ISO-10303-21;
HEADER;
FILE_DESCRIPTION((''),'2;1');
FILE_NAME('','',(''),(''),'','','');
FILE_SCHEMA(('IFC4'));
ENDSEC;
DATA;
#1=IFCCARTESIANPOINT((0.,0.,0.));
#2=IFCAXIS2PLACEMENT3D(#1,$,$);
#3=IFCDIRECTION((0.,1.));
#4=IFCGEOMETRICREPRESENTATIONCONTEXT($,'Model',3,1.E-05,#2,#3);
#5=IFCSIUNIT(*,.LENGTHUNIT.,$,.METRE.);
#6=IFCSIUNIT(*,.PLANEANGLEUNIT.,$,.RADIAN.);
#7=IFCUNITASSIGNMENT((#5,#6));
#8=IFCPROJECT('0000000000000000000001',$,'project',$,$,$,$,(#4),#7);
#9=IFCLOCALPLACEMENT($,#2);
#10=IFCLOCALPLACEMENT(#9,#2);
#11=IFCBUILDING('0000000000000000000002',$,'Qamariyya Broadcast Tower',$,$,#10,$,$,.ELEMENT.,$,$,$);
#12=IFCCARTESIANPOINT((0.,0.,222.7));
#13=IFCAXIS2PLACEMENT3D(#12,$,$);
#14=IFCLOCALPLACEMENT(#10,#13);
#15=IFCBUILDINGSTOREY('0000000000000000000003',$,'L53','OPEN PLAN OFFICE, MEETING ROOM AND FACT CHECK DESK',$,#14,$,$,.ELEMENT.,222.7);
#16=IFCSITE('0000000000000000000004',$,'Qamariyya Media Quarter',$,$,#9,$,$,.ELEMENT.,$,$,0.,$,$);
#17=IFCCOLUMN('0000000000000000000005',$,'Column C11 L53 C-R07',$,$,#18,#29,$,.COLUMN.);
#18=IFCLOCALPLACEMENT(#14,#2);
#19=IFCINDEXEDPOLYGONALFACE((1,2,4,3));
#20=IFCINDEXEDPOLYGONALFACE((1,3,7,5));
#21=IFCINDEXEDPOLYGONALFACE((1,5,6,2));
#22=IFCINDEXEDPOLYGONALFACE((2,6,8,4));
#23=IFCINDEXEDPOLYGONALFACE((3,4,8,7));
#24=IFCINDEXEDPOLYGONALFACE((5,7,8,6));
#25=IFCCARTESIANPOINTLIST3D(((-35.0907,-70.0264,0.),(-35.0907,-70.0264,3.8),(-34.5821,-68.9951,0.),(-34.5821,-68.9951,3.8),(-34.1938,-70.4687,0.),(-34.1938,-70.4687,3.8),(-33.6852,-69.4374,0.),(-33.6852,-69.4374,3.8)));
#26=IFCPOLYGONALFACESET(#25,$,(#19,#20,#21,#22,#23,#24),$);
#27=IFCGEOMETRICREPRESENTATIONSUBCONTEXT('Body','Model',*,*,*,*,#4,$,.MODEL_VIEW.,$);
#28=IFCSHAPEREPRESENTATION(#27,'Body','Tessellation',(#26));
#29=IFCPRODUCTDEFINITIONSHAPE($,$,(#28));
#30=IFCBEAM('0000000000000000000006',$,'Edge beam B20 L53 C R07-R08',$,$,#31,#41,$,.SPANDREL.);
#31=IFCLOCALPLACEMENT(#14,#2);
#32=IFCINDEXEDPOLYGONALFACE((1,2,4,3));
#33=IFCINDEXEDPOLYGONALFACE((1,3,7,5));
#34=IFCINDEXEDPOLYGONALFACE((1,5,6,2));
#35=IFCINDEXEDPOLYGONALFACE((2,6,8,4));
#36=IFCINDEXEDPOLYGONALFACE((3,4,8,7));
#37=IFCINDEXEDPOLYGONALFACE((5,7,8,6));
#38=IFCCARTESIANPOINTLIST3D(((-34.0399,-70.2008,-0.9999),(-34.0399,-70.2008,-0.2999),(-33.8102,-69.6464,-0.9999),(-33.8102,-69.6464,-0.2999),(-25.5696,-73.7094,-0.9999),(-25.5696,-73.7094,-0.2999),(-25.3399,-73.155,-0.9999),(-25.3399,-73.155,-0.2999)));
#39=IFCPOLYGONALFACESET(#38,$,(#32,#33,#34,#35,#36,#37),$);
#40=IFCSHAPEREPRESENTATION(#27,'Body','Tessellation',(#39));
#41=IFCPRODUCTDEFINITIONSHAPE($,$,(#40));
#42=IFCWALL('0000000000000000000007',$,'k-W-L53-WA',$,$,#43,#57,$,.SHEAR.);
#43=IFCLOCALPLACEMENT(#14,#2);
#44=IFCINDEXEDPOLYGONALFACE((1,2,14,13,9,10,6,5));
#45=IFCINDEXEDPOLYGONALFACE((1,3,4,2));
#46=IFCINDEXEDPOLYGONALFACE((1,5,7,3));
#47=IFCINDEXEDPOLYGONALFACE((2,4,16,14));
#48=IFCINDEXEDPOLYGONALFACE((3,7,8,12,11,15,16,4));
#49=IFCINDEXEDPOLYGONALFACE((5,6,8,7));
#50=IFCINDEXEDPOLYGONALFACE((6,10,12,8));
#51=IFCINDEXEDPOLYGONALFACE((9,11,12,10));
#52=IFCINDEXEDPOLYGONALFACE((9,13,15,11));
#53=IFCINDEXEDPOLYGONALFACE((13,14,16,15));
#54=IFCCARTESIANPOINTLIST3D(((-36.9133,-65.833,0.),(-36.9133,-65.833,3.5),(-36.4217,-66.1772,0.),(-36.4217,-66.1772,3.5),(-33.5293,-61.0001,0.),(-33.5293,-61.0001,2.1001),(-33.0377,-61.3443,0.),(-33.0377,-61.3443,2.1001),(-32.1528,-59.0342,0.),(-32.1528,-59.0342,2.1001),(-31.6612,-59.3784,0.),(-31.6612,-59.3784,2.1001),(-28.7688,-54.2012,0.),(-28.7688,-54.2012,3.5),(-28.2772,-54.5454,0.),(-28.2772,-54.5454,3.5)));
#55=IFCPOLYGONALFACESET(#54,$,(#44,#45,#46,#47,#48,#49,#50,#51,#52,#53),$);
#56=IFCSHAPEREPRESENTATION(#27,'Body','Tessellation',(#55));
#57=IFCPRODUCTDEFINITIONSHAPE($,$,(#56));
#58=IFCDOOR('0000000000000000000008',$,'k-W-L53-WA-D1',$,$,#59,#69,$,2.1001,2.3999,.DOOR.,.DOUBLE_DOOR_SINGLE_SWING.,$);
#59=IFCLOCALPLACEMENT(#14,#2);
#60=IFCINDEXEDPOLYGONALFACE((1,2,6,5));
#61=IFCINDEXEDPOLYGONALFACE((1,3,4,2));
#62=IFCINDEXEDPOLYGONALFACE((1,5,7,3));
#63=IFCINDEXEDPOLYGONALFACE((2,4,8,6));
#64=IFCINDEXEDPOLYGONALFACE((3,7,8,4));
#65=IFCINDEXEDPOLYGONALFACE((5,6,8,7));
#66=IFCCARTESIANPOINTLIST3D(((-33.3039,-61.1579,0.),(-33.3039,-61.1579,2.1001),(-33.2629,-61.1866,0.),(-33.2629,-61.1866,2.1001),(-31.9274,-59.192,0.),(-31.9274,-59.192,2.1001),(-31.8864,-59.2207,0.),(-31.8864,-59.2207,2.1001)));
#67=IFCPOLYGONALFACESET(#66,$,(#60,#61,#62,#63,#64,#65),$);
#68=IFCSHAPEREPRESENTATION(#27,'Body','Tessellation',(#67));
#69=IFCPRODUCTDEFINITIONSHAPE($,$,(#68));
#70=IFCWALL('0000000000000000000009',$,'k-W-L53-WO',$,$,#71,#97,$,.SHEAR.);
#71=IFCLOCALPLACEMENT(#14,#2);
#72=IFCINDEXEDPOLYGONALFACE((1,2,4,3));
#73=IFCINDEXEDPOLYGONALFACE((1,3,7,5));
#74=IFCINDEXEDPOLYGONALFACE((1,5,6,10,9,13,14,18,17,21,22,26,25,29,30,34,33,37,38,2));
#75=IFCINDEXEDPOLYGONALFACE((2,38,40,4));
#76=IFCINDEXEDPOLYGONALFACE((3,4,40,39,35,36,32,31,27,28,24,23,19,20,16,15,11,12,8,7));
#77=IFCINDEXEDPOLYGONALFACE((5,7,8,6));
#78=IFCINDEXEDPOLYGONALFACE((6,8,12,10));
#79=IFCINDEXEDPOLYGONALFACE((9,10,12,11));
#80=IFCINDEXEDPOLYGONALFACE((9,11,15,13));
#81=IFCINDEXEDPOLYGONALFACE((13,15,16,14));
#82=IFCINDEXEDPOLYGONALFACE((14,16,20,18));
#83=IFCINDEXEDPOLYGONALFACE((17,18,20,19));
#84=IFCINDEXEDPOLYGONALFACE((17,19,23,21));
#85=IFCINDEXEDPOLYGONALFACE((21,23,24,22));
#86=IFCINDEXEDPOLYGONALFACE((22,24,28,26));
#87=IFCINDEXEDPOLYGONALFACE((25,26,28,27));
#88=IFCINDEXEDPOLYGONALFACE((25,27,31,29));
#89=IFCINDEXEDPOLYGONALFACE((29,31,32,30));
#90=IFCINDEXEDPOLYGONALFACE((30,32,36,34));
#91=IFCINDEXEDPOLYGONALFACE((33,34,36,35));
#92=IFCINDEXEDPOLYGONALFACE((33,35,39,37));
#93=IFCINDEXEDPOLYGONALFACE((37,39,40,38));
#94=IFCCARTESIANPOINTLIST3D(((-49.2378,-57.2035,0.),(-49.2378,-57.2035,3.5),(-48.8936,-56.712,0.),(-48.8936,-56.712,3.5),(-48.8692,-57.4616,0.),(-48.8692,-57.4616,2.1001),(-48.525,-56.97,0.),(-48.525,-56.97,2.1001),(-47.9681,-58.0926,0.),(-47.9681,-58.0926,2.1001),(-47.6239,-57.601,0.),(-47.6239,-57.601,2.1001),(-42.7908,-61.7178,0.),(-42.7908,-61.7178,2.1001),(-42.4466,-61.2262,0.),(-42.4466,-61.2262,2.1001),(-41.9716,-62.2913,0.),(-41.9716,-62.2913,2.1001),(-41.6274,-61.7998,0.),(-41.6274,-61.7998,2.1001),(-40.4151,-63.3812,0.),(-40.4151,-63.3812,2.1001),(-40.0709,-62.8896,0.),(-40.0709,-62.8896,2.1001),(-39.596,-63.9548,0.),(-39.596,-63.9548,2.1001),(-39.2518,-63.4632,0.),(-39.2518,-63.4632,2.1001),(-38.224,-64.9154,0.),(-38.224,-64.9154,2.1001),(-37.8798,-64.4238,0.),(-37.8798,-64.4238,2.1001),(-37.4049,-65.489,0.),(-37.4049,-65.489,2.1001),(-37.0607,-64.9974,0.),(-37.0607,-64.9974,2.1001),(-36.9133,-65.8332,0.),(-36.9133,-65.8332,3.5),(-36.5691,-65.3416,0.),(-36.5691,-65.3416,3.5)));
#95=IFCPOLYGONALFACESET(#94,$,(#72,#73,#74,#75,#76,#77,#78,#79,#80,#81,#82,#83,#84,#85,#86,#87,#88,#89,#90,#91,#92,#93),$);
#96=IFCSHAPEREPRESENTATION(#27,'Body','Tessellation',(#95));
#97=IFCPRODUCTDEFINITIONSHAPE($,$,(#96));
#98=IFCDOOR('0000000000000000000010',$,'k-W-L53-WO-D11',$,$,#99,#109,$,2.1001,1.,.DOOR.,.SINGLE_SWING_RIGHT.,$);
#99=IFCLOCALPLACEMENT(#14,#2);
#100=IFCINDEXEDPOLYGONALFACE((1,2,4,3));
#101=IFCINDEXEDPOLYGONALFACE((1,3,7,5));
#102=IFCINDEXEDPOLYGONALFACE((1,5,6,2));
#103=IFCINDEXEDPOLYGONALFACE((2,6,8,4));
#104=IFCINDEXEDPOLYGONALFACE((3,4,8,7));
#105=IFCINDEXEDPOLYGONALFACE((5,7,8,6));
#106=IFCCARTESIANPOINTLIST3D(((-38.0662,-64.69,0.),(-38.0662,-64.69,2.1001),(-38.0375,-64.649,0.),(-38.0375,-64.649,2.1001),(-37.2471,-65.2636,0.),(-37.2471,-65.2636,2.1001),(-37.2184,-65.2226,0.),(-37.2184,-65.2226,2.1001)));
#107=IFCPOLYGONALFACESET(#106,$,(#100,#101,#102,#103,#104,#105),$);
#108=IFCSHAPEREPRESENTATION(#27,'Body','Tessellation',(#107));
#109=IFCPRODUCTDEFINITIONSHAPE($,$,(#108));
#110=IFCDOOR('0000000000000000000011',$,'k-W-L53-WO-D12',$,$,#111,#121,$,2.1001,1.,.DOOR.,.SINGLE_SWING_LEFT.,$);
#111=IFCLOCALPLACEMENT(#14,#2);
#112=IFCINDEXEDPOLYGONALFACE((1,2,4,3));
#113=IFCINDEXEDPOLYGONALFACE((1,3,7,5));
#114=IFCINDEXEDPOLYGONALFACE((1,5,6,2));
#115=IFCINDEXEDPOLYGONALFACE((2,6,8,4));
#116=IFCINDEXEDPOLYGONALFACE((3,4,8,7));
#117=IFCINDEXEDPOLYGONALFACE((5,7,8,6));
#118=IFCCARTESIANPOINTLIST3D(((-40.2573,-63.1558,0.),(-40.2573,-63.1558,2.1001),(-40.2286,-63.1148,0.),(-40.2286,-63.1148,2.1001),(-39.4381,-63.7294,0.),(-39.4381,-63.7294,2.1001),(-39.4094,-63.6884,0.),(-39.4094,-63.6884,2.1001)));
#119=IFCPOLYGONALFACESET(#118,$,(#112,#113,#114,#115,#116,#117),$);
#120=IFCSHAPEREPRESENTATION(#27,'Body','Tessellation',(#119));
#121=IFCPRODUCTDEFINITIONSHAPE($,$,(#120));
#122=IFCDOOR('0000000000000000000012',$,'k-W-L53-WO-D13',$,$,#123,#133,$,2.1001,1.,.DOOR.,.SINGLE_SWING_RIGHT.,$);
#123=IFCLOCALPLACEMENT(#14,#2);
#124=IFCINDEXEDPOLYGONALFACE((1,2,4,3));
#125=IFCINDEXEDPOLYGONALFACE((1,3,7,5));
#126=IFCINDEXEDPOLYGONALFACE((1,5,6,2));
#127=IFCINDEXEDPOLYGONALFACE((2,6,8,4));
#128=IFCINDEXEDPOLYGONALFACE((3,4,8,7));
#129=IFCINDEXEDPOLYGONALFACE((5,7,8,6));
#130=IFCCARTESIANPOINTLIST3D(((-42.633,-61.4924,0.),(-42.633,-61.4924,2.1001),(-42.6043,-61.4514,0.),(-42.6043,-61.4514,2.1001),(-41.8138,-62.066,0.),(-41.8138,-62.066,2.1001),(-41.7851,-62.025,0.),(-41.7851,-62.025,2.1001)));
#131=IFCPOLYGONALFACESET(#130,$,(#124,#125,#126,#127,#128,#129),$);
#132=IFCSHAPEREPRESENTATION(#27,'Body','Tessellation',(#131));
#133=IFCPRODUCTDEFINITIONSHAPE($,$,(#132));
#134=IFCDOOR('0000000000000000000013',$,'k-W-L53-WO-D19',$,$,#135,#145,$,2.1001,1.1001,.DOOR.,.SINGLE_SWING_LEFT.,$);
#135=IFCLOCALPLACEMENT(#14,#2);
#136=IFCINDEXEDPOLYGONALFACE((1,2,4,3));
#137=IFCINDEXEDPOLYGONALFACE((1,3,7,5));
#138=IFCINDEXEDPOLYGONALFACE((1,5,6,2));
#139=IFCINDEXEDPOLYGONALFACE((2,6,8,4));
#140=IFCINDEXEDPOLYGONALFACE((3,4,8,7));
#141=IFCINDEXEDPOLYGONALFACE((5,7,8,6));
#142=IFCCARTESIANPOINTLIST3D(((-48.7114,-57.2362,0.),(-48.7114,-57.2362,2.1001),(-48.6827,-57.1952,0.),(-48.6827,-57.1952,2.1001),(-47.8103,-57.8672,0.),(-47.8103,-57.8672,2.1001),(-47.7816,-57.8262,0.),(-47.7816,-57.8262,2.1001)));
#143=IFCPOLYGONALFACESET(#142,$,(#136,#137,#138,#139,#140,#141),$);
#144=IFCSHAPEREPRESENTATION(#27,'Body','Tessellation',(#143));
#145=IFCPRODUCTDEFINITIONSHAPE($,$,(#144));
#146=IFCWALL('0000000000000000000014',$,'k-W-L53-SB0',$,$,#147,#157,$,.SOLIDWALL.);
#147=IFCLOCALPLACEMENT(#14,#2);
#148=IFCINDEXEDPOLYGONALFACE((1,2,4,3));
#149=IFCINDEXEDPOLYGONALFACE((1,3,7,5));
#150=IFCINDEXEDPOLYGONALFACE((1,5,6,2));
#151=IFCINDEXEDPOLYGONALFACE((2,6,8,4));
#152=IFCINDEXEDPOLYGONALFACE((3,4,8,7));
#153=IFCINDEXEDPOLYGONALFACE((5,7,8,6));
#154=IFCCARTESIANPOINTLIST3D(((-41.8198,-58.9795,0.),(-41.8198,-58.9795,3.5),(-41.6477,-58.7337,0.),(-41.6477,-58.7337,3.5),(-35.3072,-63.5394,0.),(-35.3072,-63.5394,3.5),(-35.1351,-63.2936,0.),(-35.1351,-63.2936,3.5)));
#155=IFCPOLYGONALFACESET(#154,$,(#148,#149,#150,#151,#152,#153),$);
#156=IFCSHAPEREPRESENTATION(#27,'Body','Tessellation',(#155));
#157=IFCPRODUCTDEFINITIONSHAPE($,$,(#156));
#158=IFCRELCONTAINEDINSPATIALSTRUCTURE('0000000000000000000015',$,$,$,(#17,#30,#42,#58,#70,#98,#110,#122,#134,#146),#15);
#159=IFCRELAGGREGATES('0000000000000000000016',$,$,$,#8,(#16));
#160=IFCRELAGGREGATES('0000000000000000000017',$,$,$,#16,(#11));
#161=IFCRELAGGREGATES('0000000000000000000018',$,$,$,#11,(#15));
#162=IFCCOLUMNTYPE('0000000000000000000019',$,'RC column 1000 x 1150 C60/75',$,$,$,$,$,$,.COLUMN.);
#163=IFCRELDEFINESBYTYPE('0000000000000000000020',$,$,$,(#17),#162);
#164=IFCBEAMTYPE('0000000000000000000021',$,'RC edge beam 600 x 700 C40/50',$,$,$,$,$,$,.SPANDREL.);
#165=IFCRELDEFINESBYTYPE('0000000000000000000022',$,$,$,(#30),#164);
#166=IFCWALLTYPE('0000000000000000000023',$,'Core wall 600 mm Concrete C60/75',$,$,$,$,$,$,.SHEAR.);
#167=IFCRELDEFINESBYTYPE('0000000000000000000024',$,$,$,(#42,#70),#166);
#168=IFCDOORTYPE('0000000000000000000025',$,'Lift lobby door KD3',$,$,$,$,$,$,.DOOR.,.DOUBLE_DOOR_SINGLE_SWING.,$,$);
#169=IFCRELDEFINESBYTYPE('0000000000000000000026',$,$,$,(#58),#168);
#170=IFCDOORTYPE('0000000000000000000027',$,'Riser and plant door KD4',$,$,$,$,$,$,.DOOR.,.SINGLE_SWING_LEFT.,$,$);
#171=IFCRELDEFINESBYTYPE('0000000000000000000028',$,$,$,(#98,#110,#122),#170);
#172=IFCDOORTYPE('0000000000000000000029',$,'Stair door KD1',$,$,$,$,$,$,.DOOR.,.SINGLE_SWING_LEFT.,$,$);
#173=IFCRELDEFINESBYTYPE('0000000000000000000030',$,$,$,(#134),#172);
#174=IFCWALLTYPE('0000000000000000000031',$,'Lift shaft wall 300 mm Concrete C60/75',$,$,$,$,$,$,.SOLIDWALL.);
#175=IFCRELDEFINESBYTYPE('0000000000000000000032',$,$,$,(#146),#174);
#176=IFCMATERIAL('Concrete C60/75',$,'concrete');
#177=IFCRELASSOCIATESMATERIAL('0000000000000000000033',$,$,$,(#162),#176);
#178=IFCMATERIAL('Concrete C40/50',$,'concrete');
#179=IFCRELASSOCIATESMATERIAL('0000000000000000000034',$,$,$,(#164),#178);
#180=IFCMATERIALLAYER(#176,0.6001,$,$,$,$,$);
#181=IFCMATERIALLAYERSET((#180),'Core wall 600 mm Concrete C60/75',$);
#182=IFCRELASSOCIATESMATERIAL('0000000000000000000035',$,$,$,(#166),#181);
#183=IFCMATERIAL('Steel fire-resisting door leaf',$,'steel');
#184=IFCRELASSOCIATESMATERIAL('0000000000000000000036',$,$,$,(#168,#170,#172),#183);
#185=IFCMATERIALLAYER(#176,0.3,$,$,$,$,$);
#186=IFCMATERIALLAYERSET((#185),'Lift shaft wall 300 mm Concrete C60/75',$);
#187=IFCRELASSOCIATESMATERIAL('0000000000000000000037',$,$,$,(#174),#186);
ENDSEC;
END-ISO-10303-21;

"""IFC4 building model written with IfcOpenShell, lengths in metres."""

from ifc_helpers import new_model, si_unit, direction, frame, frame_2d, origin, origin_2d, place, context, subcontext, project, spatial, rectangle, extrude, material, layer, layer_set, material_profile, profile_set, type_object, element, fill, save


model = new_model("IFC4")

# Units and contexts
model_context = context("Model", 3, precision=1e-05, world=origin(), true_north=direction((0.0, 1.0)))
body_context = subcontext(model_context, "Body", "Model", "MODEL_VIEW")
ifc_project = project(units=[si_unit("LENGTHUNIT", "METRE"), si_unit("PLANEANGLEUNIT", "RADIAN")], contexts=[model_context])

# Site, building, storey
site_placement = place(None, origin())
site = spatial("IfcSite", under=ifc_project, at=site_placement, Name="Qamariyya Media Quarter", CompositionType="ELEMENT", RefElevation=0.0)
building_placement = place(site_placement, origin())
building = spatial("IfcBuilding", under=site, at=building_placement, Name="Qamariyya Broadcast Tower", CompositionType="ELEMENT")
storey_placement = place(building_placement, frame((0.0, 0.0, 222.7)))
storey = spatial("IfcBuildingStorey", under=building, at=storey_placement, Name="L53", Description="OPEN PLAN OFFICE, MEETING ROOM AND FACT CHECK DESK", CompositionType="ELEMENT", Elevation=222.7)

# Column
ifc_material_1 = material(Name="Concrete C60/75", Category="concrete")
ifc_material_profile_1 = material_profile(ifc_material_1, rectangle(XDim=1.0, YDim=1.1499, at=origin_2d()))
ifc_profile_set_1 = profile_set([ifc_material_profile_1], Name="Concrete C60/75")
column_type = type_object("IfcColumnType", Name="RC column 1000 x 1150 C60/75", PredefinedType="COLUMN", material=ifc_profile_set_1)
column_placement = place(storey_placement, frame((-34.3879, -69.7319, 0.0), z_axis=(0.0, 0.0, 1.0), x_axis=(0.896873, -0.442289, 0.0)))
element("IfcColumn", 1, at=column_placement, inside=storey, type_object=column_type, Name="Column C11 L53 C-R07", PredefinedType="COLUMN", context=body_context, shape_type="SweptSolid", body=[
    extrude(rectangle(XDim=1.0, YDim=1.1499, at=origin_2d()), origin(), (0.0, 0.0, 1.0), 3.8),
])

# Beam
ifc_material_2 = material(Name="Concrete C40/50", Category="concrete")
ifc_material_profile_2 = material_profile(ifc_material_2, rectangle(XDim=0.6001, YDim=0.7, at=origin_2d()))
ifc_profile_set_2 = profile_set([ifc_material_profile_2], Name="Concrete C40/50")
beam_type = type_object("IfcBeamType", Name="RC edge beam 600 x 700 C40/50", PredefinedType="SPANDREL", material=ifc_profile_set_2)
beam_placement = place(storey_placement, frame((-33.925, -69.9236, -0.6499), z_axis=(0.923877, -0.38269, 0.0), x_axis=(0.38269, 0.923877, 0.0)))
element("IfcBeam", 2, at=beam_placement, inside=storey, type_object=beam_type, Name="Edge beam B20 L53 C R07-R08", PredefinedType="SPANDREL", context=body_context, shape_type="SweptSolid", body=[
    extrude(rectangle(XDim=0.6001, YDim=0.7, at=origin_2d()), origin(), (0.0, 0.0, 1.0), 9.1682),
])

# Wall, opening, door
ifc_layer_1 = layer(ifc_material_1, 0.6001)
ifc_layer_set_1 = layer_set([ifc_layer_1], Name="Core wall 600 mm Concrete C60/75")
wall_type_1 = type_object("IfcWallType", Name="Core wall 600 mm Concrete C60/75", PredefinedType="SHEAR", material=ifc_layer_set_1)
wall_1_placement = place(storey_placement, frame((-36.6675, -66.0051, 0.0), z_axis=(0.0, 0.0, 1.0), x_axis=(0.573568, 0.819158, 0.0)))
wall_1 = element("IfcWall", 3, at=wall_1_placement, inside=storey, type_object=wall_type_1, Name="k-W-L53-WA", PredefinedType="SHEAR", context=body_context, shape_type="SweptSolid", body=[
    extrude(rectangle(XDim=14.1997, YDim=0.6001, at=frame_2d((7.0999, 0.0))), origin(), (0.0, 0.0, 1.0), 3.5),
])
opening_1_placement = place(wall_1_placement, frame((5.8999, 0.0, 0.0)))
opening_1 = element("IfcOpeningElement", 4, at=opening_1_placement, cuts=wall_1, PredefinedType="OPENING", context=body_context, shape_type="SweptSolid", body=[
    extrude(rectangle(XDim=2.3999, YDim=2.1001, at=frame_2d((1.2, 1.05))), frame((0.0, 0.3101, 0.0), z_axis=(0.0, -1.0, 0.0), x_axis=(1.0, 0.0, 0.0)), (0.0, 0.0, 1.0), 0.6201),
])
ifc_material_3 = material(Name="Steel fire-resisting door leaf", Category="steel")
door_type_1 = type_object("IfcDoorType", Name="Lift lobby door KD3", OperationType="DOUBLE_DOOR_SINGLE_SWING", PredefinedType="DOOR", material=ifc_material_3)
door_1_placement = place(opening_1_placement, origin())
door_1 = element("IfcDoor", 5, at=door_1_placement, inside=storey, type_object=door_type_1, Name="k-W-L53-WA-D1", OperationType="DOUBLE_DOOR_SINGLE_SWING", OverallHeight=2.1001, OverallWidth=2.3999, PredefinedType="DOOR", context=body_context, shape_type="SweptSolid", body=[
    extrude(rectangle(XDim=2.3999, YDim=2.1001, at=frame_2d((1.2, 1.05))), frame((0.0, 0.0249, 0.0), z_axis=(0.0, -1.0, 0.0), x_axis=(1.0, 0.0, 0.0)), (0.0, 0.0, 1.0), 0.05),
])
fill(opening_1, door_1)

# Wall, openings, doors
wall_2_placement = place(storey_placement, frame((-36.7412, -65.5874, 0.0), z_axis=(0.0, 0.0, 1.0), x_axis=(-0.819153, 0.573575, 0.0)))
wall_2 = element("IfcWall", 6, at=wall_2_placement, inside=storey, type_object=wall_type_1, Name="k-W-L53-WO", PredefinedType="SHEAR", context=body_context, shape_type="SweptSolid", body=[
    extrude(rectangle(XDim=15.0454, YDim=0.6001, at=frame_2d((7.5227, 0.0))), origin(), (0.0, 0.0, 1.0), 3.5),
])
opening_2_placement = place(wall_2_placement, frame((0.6001, 0.0, 0.0)))
opening_2 = element("IfcOpeningElement", 7, at=opening_2_placement, cuts=wall_2, PredefinedType="OPENING", context=body_context, shape_type="SweptSolid", body=[
    extrude(rectangle(XDim=1.0, YDim=2.1001, at=frame_2d((0.5, 1.05))), frame((0.0, 0.3101, 0.0), z_axis=(0.0, -1.0, 0.0), x_axis=(1.0, 0.0, 0.0)), (0.0, 0.0, 1.0), 0.6201),
])
opening_3_placement = place(wall_2_placement, frame((3.2749, 0.0, 0.0)))
opening_3 = element("IfcOpeningElement", 8, at=opening_3_placement, cuts=wall_2, PredefinedType="OPENING", context=body_context, shape_type="SweptSolid", body=[
    extrude(rectangle(XDim=1.0, YDim=2.1001, at=frame_2d((0.5, 1.05))), frame((0.0, 0.3101, 0.0), z_axis=(0.0, -1.0, 0.0), x_axis=(1.0, 0.0, 0.0)), (0.0, 0.0, 1.0), 0.6201),
])
opening_4_placement = place(wall_2_placement, frame((6.175, 0.0, 0.0)))
opening_4 = element("IfcOpeningElement", 9, at=opening_4_placement, cuts=wall_2, PredefinedType="OPENING", context=body_context, shape_type="SweptSolid", body=[
    extrude(rectangle(XDim=1.0, YDim=2.1001, at=frame_2d((0.5, 1.05))), frame((0.0, 0.3101, 0.0), z_axis=(0.0, -1.0, 0.0), x_axis=(1.0, 0.0, 0.0)), (0.0, 0.0, 1.0), 0.6201),
])
opening_5_placement = place(wall_2_placement, frame((13.4954, 0.0, 0.0)))
opening_5 = element("IfcOpeningElement", 10, at=opening_5_placement, cuts=wall_2, PredefinedType="OPENING", context=body_context, shape_type="SweptSolid", body=[
    extrude(rectangle(XDim=1.1001, YDim=2.1001, at=frame_2d((0.55, 1.05))), frame((0.0, 0.3101, 0.0), z_axis=(0.0, -1.0, 0.0), x_axis=(1.0, 0.0, 0.0)), (0.0, 0.0, 1.0), 0.6201),
])
door_type_2 = type_object("IfcDoorType", Name="Riser and plant door KD4", OperationType="SINGLE_SWING_LEFT", PredefinedType="DOOR", material=ifc_material_3)
door_2_placement = place(opening_2_placement, origin())
door_2 = element("IfcDoor", 11, at=door_2_placement, inside=storey, type_object=door_type_2, Name="k-W-L53-WO-D11", OperationType="SINGLE_SWING_RIGHT", OverallHeight=2.1001, OverallWidth=1.0, PredefinedType="DOOR", context=body_context, shape_type="SweptSolid", body=[
    extrude(rectangle(XDim=1.0, YDim=2.1001, at=frame_2d((0.5, 1.05))), frame((0.0, 0.0249, 0.0), z_axis=(0.0, -1.0, 0.0), x_axis=(1.0, 0.0, 0.0)), (0.0, 0.0, 1.0), 0.05),
])
fill(opening_2, door_2)
door_3_placement = place(opening_3_placement, origin())
door_3 = element("IfcDoor", 12, at=door_3_placement, inside=storey, type_object=door_type_2, Name="k-W-L53-WO-D12", OperationType="SINGLE_SWING_LEFT", OverallHeight=2.1001, OverallWidth=1.0, PredefinedType="DOOR", context=body_context, shape_type="SweptSolid", body=[
    extrude(rectangle(XDim=1.0, YDim=2.1001, at=frame_2d((0.5, 1.05))), frame((0.0, 0.0249, 0.0), z_axis=(0.0, -1.0, 0.0), x_axis=(1.0, 0.0, 0.0)), (0.0, 0.0, 1.0), 0.05),
])
fill(opening_3, door_3)
door_4_placement = place(opening_4_placement, origin())
door_4 = element("IfcDoor", 13, at=door_4_placement, inside=storey, type_object=door_type_2, Name="k-W-L53-WO-D13", OperationType="SINGLE_SWING_RIGHT", OverallHeight=2.1001, OverallWidth=1.0, PredefinedType="DOOR", context=body_context, shape_type="SweptSolid", body=[
    extrude(rectangle(XDim=1.0, YDim=2.1001, at=frame_2d((0.5, 1.05))), frame((0.0, 0.0249, 0.0), z_axis=(0.0, -1.0, 0.0), x_axis=(1.0, 0.0, 0.0)), (0.0, 0.0, 1.0), 0.05),
])
fill(opening_4, door_4)
door_type_3 = type_object("IfcDoorType", Name="Stair door KD1", OperationType="SINGLE_SWING_LEFT", PredefinedType="DOOR", material=ifc_material_3)
door_5_placement = place(opening_5_placement, origin())
door_5 = element("IfcDoor", 14, at=door_5_placement, inside=storey, type_object=door_type_3, Name="k-W-L53-WO-D19", OperationType="SINGLE_SWING_LEFT", OverallHeight=2.1001, OverallWidth=1.1001, PredefinedType="DOOR", context=body_context, shape_type="SweptSolid", body=[
    extrude(rectangle(XDim=1.1001, YDim=2.1001, at=frame_2d((0.55, 1.05))), frame((0.0, 0.0249, 0.0), z_axis=(0.0, -1.0, 0.0), x_axis=(1.0, 0.0, 0.0)), (0.0, 0.0, 1.0), 0.05),
])
fill(opening_5, door_5)

# Wall
ifc_layer_2 = layer(ifc_material_1, 0.3)
ifc_layer_set_2 = layer_set([ifc_layer_2], Name="Lift shaft wall 300 mm Concrete C60/75")
wall_type_2 = type_object("IfcWallType", Name="Lift shaft wall 300 mm Concrete C60/75", PredefinedType="SOLIDWALL", material=ifc_layer_set_2)
wall_3_placement = place(storey_placement, frame((-35.2212, -63.4165, 0.0), z_axis=(0.0, 0.0, 1.0), x_axis=(-0.819167, 0.573555, 0.0)))
element("IfcWall", 15, at=wall_3_placement, inside=storey, type_object=wall_type_2, Name="k-W-L53-SB0", PredefinedType="SOLIDWALL", context=body_context, shape_type="SweptSolid", body=[
    extrude(rectangle(XDim=7.9502, YDim=0.3, at=frame_2d((3.9751, 0.0))), origin(), (0.0, 0.0, 1.0), 3.5),
])

save(model, "model.ifc")
